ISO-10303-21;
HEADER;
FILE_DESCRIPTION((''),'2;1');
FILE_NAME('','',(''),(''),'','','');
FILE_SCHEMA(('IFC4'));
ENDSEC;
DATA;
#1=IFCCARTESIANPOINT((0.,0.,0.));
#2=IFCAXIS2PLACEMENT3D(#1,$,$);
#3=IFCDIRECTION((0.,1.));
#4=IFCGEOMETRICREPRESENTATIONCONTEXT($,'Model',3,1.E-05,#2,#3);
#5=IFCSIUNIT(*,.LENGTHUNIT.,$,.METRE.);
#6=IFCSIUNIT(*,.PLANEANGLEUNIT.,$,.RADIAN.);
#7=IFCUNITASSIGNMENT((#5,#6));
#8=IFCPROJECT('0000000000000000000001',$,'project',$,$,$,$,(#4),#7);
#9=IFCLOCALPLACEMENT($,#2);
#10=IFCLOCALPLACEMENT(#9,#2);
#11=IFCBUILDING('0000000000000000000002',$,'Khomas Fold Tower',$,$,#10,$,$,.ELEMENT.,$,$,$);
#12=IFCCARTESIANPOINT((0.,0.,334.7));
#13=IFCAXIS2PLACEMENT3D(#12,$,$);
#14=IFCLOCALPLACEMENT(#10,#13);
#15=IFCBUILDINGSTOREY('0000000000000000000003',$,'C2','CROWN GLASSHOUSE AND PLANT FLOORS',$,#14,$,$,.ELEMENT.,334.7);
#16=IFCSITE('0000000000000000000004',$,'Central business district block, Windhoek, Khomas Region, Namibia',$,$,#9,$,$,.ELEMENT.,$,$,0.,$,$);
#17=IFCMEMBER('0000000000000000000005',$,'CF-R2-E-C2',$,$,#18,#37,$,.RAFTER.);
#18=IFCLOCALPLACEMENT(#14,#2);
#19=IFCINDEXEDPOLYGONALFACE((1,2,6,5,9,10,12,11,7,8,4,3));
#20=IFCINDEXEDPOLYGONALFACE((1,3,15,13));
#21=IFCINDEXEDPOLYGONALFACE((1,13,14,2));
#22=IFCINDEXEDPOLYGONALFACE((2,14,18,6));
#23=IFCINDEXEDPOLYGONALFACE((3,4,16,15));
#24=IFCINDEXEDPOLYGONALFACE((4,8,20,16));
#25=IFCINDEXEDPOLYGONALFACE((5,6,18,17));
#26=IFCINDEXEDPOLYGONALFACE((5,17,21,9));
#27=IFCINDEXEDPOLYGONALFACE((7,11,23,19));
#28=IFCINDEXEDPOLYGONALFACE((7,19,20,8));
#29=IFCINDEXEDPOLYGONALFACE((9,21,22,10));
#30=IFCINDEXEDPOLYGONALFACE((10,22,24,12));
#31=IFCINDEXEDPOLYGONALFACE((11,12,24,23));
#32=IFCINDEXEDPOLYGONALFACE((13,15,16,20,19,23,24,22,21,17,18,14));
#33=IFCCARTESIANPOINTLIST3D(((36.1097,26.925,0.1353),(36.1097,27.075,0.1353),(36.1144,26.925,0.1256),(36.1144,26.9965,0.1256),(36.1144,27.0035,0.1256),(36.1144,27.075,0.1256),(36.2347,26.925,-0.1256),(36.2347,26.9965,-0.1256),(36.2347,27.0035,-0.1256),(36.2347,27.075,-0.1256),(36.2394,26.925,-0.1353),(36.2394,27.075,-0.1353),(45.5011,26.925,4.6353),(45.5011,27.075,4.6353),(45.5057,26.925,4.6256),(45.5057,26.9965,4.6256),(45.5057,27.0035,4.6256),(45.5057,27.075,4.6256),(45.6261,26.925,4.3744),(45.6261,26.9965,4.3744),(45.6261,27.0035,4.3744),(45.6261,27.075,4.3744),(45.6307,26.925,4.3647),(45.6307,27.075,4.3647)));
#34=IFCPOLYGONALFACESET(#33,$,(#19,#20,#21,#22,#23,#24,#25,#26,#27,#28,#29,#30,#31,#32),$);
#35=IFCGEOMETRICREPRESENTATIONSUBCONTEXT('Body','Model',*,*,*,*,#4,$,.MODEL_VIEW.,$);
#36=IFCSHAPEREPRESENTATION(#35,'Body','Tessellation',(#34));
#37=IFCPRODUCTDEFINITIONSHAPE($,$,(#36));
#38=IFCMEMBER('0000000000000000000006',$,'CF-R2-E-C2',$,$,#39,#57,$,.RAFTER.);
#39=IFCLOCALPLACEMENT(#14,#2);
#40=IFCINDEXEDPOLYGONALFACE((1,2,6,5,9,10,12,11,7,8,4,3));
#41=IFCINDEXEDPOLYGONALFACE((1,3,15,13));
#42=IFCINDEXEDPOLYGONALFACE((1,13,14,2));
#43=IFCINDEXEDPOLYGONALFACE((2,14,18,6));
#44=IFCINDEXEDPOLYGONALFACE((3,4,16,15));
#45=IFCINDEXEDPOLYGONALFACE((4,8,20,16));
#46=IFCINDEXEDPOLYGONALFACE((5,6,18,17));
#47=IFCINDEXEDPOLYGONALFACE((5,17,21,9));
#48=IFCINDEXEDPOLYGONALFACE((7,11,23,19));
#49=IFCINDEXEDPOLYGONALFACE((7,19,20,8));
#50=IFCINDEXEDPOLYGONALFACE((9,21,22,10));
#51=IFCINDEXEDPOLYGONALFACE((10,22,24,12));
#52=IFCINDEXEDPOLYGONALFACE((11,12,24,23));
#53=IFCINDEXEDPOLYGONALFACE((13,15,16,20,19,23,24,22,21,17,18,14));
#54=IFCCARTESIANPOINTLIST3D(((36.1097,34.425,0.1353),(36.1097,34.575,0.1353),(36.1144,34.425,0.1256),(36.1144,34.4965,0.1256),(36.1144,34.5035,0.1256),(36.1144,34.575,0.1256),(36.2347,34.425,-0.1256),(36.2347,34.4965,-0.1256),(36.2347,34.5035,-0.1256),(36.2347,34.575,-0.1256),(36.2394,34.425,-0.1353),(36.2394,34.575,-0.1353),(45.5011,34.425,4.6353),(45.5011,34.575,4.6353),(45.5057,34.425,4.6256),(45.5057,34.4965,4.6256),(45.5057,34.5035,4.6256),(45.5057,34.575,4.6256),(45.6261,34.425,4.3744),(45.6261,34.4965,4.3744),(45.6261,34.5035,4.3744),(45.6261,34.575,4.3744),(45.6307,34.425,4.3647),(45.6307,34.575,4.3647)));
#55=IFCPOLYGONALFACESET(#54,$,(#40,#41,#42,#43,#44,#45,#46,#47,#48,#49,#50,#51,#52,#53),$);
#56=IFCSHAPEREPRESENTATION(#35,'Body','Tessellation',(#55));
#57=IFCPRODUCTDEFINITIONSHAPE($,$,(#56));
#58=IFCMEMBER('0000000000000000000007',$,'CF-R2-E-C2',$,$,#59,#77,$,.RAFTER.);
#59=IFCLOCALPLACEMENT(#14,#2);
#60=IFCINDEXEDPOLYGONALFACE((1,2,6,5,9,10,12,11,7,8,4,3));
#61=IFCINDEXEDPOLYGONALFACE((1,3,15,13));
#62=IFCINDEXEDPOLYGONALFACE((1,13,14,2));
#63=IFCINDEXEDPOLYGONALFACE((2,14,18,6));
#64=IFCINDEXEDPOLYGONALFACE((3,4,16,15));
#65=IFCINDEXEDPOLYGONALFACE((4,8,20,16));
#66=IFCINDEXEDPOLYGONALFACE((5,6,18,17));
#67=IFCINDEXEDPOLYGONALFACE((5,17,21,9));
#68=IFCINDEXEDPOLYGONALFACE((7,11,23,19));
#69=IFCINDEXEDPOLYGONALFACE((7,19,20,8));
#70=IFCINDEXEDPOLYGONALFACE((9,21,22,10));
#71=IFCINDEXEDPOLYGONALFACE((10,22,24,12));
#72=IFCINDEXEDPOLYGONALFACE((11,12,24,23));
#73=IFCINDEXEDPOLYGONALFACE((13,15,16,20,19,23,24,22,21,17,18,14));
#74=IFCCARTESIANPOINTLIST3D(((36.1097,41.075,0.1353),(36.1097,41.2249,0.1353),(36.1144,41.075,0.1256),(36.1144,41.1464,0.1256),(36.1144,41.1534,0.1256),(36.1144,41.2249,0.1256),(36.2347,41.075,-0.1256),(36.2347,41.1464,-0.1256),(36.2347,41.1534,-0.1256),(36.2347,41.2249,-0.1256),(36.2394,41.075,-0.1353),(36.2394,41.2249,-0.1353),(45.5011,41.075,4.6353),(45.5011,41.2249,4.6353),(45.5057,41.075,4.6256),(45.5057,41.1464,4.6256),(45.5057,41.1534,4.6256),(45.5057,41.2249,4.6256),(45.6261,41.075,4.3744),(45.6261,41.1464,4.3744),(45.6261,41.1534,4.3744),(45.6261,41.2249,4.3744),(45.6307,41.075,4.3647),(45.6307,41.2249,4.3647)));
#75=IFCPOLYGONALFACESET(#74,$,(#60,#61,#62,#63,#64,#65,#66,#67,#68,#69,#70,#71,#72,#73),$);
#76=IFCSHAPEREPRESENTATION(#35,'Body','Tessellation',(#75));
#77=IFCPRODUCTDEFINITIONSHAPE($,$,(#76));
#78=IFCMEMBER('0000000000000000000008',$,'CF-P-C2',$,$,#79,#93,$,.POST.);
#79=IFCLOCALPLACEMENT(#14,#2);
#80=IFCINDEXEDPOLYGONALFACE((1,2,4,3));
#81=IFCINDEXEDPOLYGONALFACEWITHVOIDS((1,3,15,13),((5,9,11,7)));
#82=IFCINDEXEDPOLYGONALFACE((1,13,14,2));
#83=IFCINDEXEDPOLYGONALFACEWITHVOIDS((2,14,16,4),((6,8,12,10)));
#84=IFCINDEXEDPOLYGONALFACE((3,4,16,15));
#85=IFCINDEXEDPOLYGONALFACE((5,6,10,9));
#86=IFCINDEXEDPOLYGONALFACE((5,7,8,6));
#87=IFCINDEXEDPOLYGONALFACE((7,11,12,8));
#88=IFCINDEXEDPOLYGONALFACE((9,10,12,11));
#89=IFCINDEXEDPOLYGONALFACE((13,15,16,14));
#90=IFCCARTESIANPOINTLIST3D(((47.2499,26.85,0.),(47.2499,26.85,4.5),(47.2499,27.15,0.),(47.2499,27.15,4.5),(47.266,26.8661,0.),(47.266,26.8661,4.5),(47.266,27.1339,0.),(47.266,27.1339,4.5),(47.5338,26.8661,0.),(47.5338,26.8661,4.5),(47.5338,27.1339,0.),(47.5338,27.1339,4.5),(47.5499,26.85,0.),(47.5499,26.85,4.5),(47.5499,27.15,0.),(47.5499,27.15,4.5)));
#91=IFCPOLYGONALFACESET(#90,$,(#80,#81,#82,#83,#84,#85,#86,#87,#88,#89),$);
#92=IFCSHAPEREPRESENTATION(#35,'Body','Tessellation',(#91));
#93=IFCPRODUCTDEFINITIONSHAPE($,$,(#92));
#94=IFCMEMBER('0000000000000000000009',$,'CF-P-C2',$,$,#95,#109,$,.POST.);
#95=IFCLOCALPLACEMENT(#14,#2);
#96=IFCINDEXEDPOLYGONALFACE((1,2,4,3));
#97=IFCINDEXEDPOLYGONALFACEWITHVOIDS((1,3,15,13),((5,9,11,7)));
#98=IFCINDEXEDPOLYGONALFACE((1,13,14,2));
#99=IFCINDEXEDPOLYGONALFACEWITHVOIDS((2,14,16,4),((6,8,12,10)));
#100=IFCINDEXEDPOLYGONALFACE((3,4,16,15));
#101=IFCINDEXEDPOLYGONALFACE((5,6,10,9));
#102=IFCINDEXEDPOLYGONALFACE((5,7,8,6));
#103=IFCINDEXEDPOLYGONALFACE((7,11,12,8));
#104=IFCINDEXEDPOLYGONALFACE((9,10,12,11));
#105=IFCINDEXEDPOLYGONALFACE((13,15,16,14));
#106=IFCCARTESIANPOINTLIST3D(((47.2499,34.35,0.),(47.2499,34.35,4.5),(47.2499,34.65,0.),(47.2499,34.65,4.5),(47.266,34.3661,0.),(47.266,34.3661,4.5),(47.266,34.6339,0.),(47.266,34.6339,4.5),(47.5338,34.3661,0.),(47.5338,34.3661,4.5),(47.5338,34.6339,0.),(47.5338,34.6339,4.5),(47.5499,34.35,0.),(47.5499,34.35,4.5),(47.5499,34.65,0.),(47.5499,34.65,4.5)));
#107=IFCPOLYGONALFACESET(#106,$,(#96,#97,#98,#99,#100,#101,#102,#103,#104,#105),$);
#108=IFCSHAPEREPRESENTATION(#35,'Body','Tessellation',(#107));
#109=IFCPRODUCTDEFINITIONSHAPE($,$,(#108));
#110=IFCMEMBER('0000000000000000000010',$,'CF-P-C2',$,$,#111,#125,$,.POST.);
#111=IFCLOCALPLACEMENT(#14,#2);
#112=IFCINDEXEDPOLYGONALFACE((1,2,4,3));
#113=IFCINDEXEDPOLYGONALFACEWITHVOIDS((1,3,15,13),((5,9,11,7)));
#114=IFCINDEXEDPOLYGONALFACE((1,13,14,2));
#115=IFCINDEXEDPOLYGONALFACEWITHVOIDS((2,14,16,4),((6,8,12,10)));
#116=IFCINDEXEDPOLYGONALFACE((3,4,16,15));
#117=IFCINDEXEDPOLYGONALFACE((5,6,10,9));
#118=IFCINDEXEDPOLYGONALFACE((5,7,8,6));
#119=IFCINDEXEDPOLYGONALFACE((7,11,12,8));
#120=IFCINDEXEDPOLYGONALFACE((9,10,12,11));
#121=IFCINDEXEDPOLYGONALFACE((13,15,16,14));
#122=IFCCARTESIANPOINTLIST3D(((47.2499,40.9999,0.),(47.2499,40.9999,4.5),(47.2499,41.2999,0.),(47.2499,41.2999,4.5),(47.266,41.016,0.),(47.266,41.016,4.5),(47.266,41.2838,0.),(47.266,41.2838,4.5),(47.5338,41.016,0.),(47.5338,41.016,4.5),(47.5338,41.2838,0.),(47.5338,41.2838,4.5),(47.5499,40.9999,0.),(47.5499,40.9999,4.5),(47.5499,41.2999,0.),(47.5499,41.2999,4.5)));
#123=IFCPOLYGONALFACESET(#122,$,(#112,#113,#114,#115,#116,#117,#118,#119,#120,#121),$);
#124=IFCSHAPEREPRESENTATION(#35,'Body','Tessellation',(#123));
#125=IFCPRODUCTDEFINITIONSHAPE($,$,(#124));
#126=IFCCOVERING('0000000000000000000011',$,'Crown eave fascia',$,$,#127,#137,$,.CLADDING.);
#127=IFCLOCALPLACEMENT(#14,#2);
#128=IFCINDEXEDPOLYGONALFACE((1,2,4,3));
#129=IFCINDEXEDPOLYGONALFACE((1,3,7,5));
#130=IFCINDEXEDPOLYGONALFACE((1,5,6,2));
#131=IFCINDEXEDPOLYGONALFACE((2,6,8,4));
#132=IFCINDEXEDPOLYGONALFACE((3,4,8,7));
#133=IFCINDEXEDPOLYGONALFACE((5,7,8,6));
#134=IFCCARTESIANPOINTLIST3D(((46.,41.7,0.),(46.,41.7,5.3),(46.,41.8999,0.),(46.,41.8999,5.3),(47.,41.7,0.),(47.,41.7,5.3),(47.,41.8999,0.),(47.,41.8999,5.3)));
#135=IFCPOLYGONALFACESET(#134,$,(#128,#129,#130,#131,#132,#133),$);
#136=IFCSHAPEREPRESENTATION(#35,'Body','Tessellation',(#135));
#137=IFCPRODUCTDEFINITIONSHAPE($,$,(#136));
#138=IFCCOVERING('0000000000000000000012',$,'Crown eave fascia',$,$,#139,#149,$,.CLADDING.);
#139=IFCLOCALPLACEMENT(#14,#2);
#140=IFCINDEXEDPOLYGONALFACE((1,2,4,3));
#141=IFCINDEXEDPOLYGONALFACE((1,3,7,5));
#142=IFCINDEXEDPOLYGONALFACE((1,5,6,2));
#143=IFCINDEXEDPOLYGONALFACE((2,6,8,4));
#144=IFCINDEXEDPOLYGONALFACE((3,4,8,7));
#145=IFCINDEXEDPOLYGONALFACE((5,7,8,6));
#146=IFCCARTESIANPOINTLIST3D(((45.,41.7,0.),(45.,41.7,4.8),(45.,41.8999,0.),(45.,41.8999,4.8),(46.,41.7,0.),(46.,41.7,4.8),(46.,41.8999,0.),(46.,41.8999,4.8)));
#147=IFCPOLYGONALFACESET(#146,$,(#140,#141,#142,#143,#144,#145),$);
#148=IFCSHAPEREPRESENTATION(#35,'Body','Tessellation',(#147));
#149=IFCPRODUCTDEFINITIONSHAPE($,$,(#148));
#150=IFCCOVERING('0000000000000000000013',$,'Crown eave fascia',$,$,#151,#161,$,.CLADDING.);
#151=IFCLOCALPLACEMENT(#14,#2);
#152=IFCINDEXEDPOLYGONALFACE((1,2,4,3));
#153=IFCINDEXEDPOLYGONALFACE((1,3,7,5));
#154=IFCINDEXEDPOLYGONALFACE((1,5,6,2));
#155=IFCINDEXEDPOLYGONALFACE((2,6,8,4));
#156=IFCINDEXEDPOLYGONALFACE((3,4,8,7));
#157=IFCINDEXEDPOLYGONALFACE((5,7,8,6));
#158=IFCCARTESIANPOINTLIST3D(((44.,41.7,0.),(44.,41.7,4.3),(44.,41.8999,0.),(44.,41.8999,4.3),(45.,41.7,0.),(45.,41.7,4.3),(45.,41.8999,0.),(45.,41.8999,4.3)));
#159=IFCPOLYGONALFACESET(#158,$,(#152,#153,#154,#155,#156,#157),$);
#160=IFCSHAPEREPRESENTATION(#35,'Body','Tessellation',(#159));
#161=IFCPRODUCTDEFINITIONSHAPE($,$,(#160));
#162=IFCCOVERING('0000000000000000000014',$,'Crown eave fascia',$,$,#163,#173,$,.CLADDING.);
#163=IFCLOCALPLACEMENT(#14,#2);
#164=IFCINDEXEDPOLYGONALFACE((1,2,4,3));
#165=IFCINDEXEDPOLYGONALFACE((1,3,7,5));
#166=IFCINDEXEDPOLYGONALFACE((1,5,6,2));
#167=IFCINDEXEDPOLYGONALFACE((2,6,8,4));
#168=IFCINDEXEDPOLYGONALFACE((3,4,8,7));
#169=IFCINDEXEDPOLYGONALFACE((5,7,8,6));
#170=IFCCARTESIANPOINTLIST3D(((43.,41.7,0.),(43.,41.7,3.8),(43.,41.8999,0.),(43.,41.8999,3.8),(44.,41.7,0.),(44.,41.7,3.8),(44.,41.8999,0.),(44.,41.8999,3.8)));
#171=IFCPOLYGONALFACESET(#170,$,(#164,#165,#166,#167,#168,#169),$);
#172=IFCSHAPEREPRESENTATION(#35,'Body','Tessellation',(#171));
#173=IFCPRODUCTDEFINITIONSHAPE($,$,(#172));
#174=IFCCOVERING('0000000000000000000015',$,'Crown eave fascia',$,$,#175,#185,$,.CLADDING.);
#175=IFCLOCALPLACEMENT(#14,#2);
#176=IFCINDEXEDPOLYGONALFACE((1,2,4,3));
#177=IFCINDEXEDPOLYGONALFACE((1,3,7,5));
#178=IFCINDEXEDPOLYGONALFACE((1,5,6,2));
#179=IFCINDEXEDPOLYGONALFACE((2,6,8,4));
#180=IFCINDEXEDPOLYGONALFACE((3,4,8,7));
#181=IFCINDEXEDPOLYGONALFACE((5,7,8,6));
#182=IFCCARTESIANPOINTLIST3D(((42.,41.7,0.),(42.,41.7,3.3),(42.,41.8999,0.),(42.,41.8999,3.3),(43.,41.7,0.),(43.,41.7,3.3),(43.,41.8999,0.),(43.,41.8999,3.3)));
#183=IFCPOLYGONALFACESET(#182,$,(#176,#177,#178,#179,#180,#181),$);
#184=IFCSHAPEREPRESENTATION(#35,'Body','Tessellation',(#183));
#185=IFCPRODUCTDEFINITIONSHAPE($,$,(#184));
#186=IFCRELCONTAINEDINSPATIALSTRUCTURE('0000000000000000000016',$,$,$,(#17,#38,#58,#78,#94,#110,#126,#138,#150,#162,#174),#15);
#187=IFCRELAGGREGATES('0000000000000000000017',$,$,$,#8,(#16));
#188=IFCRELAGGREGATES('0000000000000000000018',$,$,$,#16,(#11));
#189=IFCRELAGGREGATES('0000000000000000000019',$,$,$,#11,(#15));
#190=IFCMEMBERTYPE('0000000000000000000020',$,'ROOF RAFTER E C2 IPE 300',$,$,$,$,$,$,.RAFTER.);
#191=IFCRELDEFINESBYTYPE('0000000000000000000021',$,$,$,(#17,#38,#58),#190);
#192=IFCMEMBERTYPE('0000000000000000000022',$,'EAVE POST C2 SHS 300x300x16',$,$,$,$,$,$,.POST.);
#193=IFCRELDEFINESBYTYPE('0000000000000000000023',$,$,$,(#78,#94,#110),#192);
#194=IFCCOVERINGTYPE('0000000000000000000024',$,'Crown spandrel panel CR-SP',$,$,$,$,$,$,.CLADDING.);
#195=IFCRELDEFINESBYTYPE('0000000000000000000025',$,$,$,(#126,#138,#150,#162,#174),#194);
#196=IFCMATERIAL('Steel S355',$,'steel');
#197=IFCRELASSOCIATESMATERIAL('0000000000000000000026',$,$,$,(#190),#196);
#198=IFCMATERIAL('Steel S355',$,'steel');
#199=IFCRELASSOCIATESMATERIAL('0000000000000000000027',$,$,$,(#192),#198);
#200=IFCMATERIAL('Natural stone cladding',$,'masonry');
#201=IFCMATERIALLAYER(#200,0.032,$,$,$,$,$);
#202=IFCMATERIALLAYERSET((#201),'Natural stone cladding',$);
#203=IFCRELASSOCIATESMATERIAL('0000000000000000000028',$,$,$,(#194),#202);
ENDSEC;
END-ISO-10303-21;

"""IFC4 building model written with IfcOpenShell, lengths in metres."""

from ifc_helpers import new_model, si_unit, direction, frame, origin, origin_2d, place, context, subcontext, project, spatial, polyline, hollow_rectangle, i_section, outline, extrude, source, transform, mapped, material, layer, layer_set, material_profile, profile_set, type_object, element, save


model = new_model("IFC4")

# Units and contexts
model_context = context("Model", 3, precision=1e-05, world=origin(), true_north=direction((0.0, 1.0)))
body_context = subcontext(model_context, "Body", "Model", "MODEL_VIEW")
ifc_project = project(units=[si_unit("LENGTHUNIT", "METRE"), si_unit("PLANEANGLEUNIT", "RADIAN")], contexts=[model_context])

# Site, building, storey
site_placement = place(None, origin())
site = spatial("IfcSite", under=ifc_project, at=site_placement, Name="Central business district block, Windhoek, Khomas Region, Namibia", CompositionType="ELEMENT", RefElevation=0.0)
building_placement = place(site_placement, origin())
building = spatial("IfcBuilding", under=site, at=building_placement, Name="Khomas Fold Tower", CompositionType="ELEMENT")
storey_placement = place(building_placement, frame((0.0, 0.0, 334.7)))
storey = spatial("IfcBuildingStorey", under=building, at=storey_placement, Name="C2", Description="CROWN GLASSHOUSE AND PLANT FLOORS", CompositionType="ELEMENT", Elevation=334.7)

# Members
ifc_material_1 = material(Name="Steel S355", Category="steel")
ifc_material_profile_1 = material_profile(ifc_material_1, i_section(OverallWidth=0.1499, OverallDepth=0.3, WebThickness=0.0071, FlangeThickness=0.0107, at=origin_2d()), Name="IPE 300")
ifc_profile_set_1 = profile_set([ifc_material_profile_1], Name="Steel S355")
member_type_1 = type_object("IfcMemberType", Name="ROOF RAFTER E C2 IPE 300", PredefinedType="RAFTER", material=ifc_profile_set_1)
shared_shape_1 = source(origin(), body_context, "Body", "SweptSolid", [
    extrude(i_section(OverallWidth=0.1499, OverallDepth=0.3, WebThickness=0.0071, FlangeThickness=0.0107, at=origin_2d()), origin(), (0.0, 0.0, 1.0), 10.4138),
])
for number, where, z_axis, x_axis, name in (
    (1, (36.1746, 27.0, 0.0), (0.901817, 0.0, 0.432118), (0.0, 1.0, 0.0), "CF-R2-E-C2"),
    (2, (36.1746, 34.5, 0.0), (0.901817, 0.0, 0.432118), (0.0, 1.0, 0.0), "CF-R2-E-C2"),
    (3, (36.1746, 41.1499, 0.0), (0.901817, 0.0, 0.432118), (0.0, 1.0, 0.0), "CF-R2-E-C2"),
):
    element("IfcMember", number, at=place(storey_placement, frame(where, z_axis=z_axis, x_axis=x_axis)), inside=storey, type_object=member_type_1, Name=name, PredefinedType="RAFTER", context=body_context, shape_type="MappedRepresentation", body=[
        mapped(shared_shape_1, transform((0.0, 0.0, 0.0))),
    ])
ifc_material_2 = material(Name="Steel S355", Category="steel")
ifc_material_profile_2 = material_profile(ifc_material_2, hollow_rectangle(XDim=0.3, YDim=0.3, WallThickness=0.0161, at=origin_2d()), Name="SHS 300x300x16")
ifc_profile_set_2 = profile_set([ifc_material_profile_2], Name="Steel S355")
member_type_2 = type_object("IfcMemberType", Name="EAVE POST C2 SHS 300x300x16", PredefinedType="POST", material=ifc_profile_set_2)
shared_shape_2 = source(origin(), body_context, "Body", "SweptSolid", [
    extrude(hollow_rectangle(XDim=0.3, YDim=0.3, WallThickness=0.0161, at=origin_2d()), origin(), (0.0, 0.0, 1.0), 4.5),
])
for number, where, z_axis, x_axis, name in (
    (4, (47.3999, 27.0, 0.0), (0.0, 0.0, 1.0), (1.0, 0.0, 0.0), "CF-P-C2"),
    (5, (47.3999, 34.5, 0.0), (0.0, 0.0, 1.0), (1.0, 0.0, 0.0), "CF-P-C2"),
    (6, (47.3999, 41.1499, 0.0), (0.0, 0.0, 1.0), (1.0, 0.0, 0.0), "CF-P-C2"),
):
    element("IfcMember", number, at=place(storey_placement, frame(where, z_axis=z_axis, x_axis=x_axis)), inside=storey, type_object=member_type_2, Name=name, PredefinedType="POST", context=body_context, shape_type="MappedRepresentation", body=[
        mapped(shared_shape_2, transform((0.0, 0.0, 0.0))),
    ])

# Coverings
ifc_material_3 = material(Name="Natural stone cladding", Category="masonry")
ifc_layer = layer(ifc_material_3, 0.032)
ifc_layer_set = layer_set([ifc_layer], Name="Natural stone cladding")
covering_type = type_object("IfcCoveringType", Name="Crown spandrel panel CR-SP", PredefinedType="CLADDING", material=ifc_layer_set)
covering_1_placement = place(storey_placement, frame((47.0, 41.8999, 0.0), z_axis=(0.0, 1.0, 0.0), x_axis=(-1.0, 0.0, 0.0)))
element("IfcCovering", 7, at=covering_1_placement, inside=storey, type_object=covering_type, Name="Crown eave fascia", PredefinedType="CLADDING", context=body_context, shape_type="SweptSolid", body=[
    extrude(outline(polyline([(0.0, 0.0), (1.0, 0.0), (1.0, 5.3), (0.0, 5.3), (0.0, 0.0)])), origin(), (0.0, 0.0, -1.0), 0.2),
])
covering_2_placement = place(storey_placement, frame((46.0, 41.8999, 0.0), z_axis=(0.0, 1.0, 0.0), x_axis=(-1.0, 0.0, 0.0)))
element("IfcCovering", 8, at=covering_2_placement, inside=storey, type_object=covering_type, Name="Crown eave fascia", PredefinedType="CLADDING", context=body_context, shape_type="SweptSolid", body=[
    extrude(outline(polyline([(0.0, 0.0), (1.0, 0.0), (1.0, 4.8), (0.0, 4.8), (0.0, 0.0)])), origin(), (0.0, 0.0, -1.0), 0.2),
])
covering_3_placement = place(storey_placement, frame((45.0, 41.8999, 0.0), z_axis=(0.0, 1.0, 0.0), x_axis=(-1.0, 0.0, 0.0)))
element("IfcCovering", 9, at=covering_3_placement, inside=storey, type_object=covering_type, Name="Crown eave fascia", PredefinedType="CLADDING", context=body_context, shape_type="SweptSolid", body=[
    extrude(outline(polyline([(0.0, 0.0), (1.0, 0.0), (1.0, 4.3), (0.0, 4.3), (0.0, 0.0)])), origin(), (0.0, 0.0, -1.0), 0.2),
])
covering_4_placement = place(storey_placement, frame((44.0, 41.8999, 0.0), z_axis=(0.0, 1.0, 0.0), x_axis=(-1.0, 0.0, 0.0)))
element("IfcCovering", 10, at=covering_4_placement, inside=storey, type_object=covering_type, Name="Crown eave fascia", PredefinedType="CLADDING", context=body_context, shape_type="SweptSolid", body=[
    extrude(outline(polyline([(0.0, 0.0), (1.0, 0.0), (1.0, 3.8), (0.0, 3.8), (0.0, 0.0)])), origin(), (0.0, 0.0, -1.0), 0.2),
])
covering_5_placement = place(storey_placement, frame((43.0, 41.8999, 0.0), z_axis=(0.0, 1.0, 0.0), x_axis=(-1.0, 0.0, 0.0)))
element("IfcCovering", 11, at=covering_5_placement, inside=storey, type_object=covering_type, Name="Crown eave fascia", PredefinedType="CLADDING", context=body_context, shape_type="SweptSolid", body=[
    extrude(outline(polyline([(0.0, 0.0), (1.0, 0.0), (1.0, 3.3), (0.0, 3.3), (0.0, 0.0)])), origin(), (0.0, 0.0, -1.0), 0.2),
])

save(model, "model.ifc")
